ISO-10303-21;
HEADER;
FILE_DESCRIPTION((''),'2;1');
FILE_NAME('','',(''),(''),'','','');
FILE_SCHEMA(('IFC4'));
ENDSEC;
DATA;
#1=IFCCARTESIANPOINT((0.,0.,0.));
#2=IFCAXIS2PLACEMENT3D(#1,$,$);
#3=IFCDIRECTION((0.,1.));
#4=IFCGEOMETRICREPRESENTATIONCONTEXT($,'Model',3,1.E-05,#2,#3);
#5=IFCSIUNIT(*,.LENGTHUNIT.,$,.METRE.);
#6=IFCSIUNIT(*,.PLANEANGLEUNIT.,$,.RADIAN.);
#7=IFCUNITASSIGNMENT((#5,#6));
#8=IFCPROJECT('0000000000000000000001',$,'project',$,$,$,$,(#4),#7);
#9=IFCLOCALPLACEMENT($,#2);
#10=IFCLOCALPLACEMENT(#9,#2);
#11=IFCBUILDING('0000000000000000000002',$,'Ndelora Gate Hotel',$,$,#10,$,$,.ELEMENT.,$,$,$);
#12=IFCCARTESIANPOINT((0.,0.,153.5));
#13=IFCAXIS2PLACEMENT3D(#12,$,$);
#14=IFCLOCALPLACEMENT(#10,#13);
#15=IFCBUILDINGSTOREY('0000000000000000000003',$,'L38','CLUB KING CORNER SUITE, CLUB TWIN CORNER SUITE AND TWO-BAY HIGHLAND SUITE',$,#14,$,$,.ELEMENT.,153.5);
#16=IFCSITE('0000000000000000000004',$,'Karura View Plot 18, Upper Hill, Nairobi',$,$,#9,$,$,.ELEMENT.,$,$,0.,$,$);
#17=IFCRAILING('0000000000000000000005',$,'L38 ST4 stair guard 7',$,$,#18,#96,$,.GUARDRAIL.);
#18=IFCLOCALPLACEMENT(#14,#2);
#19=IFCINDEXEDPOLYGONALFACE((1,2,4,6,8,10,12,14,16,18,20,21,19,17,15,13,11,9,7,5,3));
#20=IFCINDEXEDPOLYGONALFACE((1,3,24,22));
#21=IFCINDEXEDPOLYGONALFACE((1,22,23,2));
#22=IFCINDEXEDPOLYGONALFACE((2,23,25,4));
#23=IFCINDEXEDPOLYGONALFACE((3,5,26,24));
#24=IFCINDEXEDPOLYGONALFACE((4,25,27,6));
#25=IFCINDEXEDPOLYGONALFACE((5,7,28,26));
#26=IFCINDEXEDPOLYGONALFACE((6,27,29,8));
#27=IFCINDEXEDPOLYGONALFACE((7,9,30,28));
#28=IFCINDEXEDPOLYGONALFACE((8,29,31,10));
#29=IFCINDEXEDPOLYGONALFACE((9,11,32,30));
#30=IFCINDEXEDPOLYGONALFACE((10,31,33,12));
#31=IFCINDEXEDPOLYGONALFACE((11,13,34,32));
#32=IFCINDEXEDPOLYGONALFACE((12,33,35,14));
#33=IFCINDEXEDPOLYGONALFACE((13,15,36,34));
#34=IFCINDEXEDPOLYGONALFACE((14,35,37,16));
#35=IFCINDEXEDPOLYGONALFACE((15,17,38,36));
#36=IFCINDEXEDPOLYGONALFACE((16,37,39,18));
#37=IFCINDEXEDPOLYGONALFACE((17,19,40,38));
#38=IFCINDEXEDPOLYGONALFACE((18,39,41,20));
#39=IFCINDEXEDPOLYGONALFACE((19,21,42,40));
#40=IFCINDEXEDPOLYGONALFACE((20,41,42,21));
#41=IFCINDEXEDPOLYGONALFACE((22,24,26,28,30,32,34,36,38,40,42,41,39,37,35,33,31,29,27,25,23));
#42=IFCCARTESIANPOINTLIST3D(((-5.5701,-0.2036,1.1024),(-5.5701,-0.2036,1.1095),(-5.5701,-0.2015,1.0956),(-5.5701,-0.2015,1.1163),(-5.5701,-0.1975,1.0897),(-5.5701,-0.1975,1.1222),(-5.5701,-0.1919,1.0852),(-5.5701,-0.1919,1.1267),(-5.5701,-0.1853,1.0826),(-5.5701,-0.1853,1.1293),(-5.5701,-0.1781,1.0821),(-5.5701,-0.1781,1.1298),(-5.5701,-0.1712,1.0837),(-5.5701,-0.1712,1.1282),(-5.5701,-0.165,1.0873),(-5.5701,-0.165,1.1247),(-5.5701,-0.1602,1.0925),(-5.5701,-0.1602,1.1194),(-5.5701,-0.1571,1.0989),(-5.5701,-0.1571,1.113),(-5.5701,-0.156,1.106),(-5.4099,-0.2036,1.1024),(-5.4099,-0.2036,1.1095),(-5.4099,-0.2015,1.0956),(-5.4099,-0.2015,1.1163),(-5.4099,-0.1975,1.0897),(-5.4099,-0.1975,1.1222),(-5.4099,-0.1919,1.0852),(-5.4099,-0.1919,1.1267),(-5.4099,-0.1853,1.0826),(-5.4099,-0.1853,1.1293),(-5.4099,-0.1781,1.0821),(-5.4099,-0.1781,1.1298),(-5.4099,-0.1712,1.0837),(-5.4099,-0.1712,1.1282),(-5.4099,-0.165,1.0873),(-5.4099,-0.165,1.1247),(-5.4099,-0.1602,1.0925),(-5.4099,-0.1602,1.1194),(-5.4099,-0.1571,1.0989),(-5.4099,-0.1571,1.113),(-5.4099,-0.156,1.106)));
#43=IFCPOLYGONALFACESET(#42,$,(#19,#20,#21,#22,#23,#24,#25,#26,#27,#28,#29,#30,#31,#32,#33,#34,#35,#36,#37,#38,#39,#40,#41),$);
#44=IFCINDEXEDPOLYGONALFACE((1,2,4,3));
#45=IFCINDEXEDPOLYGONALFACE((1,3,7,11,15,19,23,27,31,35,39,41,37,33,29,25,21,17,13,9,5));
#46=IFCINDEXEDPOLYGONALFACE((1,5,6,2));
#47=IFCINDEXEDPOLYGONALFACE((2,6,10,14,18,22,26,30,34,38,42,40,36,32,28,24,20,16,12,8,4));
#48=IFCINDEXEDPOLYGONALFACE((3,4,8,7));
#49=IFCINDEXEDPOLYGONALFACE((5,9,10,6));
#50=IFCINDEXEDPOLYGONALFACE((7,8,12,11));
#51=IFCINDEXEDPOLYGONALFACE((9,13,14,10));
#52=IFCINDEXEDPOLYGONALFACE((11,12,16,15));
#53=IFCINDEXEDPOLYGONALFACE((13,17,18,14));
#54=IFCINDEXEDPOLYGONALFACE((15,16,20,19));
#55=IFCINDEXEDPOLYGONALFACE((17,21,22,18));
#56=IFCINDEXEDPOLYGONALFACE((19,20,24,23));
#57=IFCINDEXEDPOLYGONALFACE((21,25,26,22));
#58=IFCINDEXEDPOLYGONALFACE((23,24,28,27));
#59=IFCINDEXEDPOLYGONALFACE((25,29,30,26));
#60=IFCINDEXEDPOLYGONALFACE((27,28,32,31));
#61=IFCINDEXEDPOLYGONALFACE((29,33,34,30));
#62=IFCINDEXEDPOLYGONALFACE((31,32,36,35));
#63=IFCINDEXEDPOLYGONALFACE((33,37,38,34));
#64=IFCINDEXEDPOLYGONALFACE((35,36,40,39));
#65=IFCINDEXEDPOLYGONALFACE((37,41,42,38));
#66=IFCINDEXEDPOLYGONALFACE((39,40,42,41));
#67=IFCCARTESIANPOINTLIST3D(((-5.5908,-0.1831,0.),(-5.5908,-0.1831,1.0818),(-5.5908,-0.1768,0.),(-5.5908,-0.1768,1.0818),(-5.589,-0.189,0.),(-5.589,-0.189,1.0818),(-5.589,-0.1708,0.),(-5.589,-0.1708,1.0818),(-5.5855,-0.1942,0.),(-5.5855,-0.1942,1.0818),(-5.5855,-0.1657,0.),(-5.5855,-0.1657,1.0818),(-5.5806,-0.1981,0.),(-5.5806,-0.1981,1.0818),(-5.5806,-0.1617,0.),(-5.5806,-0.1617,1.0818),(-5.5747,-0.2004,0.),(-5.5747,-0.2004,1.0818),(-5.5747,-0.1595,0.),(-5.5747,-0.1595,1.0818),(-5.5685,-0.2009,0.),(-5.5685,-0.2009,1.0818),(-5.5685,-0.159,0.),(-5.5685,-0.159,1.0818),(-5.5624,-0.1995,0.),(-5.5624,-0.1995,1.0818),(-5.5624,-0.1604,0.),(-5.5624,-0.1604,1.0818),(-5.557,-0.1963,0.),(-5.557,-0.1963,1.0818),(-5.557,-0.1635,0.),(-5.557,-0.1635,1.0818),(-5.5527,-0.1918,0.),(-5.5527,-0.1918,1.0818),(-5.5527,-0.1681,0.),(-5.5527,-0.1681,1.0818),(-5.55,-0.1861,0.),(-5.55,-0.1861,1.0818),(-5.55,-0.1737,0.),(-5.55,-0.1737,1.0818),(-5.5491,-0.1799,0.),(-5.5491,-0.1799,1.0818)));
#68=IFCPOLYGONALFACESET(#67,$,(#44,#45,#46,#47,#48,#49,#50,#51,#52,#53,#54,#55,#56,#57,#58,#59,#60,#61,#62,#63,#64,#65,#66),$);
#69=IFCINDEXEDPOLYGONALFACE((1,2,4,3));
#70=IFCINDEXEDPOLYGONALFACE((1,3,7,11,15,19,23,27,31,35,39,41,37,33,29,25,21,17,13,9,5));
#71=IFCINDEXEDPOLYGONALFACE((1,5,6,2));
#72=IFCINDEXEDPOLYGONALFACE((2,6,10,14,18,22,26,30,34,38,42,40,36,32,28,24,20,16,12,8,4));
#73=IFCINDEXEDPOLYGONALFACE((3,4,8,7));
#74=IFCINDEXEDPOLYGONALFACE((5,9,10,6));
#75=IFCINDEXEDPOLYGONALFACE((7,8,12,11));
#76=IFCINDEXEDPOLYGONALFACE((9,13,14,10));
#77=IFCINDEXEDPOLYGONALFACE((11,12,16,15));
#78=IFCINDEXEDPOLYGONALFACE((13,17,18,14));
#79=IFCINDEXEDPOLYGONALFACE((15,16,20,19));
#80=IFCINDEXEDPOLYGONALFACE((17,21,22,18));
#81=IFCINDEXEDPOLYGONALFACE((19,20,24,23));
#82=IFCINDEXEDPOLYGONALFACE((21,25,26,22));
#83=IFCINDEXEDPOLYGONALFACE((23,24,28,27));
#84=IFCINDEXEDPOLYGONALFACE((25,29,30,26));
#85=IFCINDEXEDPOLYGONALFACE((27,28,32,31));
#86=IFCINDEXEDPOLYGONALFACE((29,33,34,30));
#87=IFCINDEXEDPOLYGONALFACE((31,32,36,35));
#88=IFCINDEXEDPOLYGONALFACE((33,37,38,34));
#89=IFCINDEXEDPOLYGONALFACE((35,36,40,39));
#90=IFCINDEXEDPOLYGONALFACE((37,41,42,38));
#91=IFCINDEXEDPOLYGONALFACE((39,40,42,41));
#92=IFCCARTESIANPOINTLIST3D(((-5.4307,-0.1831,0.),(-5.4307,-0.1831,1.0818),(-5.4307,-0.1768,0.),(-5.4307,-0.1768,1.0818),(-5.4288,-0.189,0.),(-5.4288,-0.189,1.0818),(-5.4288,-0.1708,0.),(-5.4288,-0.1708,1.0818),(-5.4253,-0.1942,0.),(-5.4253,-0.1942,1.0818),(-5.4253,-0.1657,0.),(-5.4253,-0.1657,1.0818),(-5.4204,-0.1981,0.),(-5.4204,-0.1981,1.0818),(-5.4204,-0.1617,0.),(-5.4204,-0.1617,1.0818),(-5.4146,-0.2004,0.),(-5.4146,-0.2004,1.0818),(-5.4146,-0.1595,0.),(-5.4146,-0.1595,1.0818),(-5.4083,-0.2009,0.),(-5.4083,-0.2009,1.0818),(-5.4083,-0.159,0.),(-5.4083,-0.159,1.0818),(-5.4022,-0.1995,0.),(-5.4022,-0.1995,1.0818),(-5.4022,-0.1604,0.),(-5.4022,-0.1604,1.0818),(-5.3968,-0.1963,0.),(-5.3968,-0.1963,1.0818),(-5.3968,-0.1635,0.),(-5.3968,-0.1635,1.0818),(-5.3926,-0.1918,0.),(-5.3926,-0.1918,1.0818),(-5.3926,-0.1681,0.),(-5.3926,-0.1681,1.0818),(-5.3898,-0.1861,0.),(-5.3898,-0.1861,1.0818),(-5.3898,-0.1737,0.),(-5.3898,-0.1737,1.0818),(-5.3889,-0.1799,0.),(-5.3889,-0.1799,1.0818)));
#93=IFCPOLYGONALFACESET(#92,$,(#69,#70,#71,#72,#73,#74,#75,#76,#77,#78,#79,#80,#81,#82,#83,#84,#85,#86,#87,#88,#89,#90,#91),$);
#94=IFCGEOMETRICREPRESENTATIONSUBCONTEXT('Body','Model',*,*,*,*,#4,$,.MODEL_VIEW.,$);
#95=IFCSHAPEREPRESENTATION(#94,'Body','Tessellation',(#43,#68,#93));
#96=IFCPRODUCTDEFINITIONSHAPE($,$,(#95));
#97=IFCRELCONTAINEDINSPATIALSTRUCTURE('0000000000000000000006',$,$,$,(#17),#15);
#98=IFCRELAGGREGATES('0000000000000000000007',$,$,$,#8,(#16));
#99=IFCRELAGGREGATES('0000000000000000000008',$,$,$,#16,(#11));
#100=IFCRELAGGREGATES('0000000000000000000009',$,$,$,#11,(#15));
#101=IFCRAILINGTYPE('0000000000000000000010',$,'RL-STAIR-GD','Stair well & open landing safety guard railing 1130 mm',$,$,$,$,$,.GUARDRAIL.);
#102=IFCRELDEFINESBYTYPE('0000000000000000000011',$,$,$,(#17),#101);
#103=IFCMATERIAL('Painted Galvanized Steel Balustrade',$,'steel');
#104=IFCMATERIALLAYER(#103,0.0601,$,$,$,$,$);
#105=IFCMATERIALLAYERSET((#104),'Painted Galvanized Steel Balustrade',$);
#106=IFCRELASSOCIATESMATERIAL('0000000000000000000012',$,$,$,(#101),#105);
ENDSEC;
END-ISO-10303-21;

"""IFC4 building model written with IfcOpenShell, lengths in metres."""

from ifc_helpers import new_model, si_unit, direction, frame, origin, origin_2d, place, context, subcontext, project, spatial, circle, extrude, material, layer, layer_set, type_object, element, save


model = new_model("IFC4")

# Units and contexts
model_context = context("Model", 3, precision=1e-05, world=origin(), true_north=direction((0.0, 1.0)))
body_context = subcontext(model_context, "Body", "Model", "MODEL_VIEW")
ifc_project = project(units=[si_unit("LENGTHUNIT", "METRE"), si_unit("PLANEANGLEUNIT", "RADIAN")], contexts=[model_context])

# Site, building, storey
site_placement = place(None, origin())
site = spatial("IfcSite", under=ifc_project, at=site_placement, Name="Karura View Plot 18, Upper Hill, Nairobi", CompositionType="ELEMENT", RefElevation=0.0)
building_placement = place(site_placement, origin())
building = spatial("IfcBuilding", under=site, at=building_placement, Name="Ndelora Gate Hotel", CompositionType="ELEMENT")
storey_placement = place(building_placement, frame((0.0, 0.0, 153.5)))
storey = spatial("IfcBuildingStorey", under=building, at=storey_placement, Name="L38", Description="CLUB KING CORNER SUITE, CLUB TWIN CORNER SUITE AND TWO-BAY HIGHLAND SUITE", CompositionType="ELEMENT", Elevation=153.5)

# Railing
ifc_material_1 = material(Name="Painted Galvanized Steel Balustrade", Category="steel")
ifc_layer_1 = layer(ifc_material_1, 0.0601)
ifc_layer_set_1 = layer_set([ifc_layer_1], Name="Painted Galvanized Steel Balustrade")
railing_type_1 = type_object("IfcRailingType", Name="RL-STAIR-GD", Description="Stair well & open landing safety guard railing 1130 mm", PredefinedType="GUARDRAIL", material=ifc_layer_set_1)
railing_1_placement = place(storey_placement, frame((-5.5701, -0.1799, 0.0)))
element("IfcRailing", 1, at=railing_1_placement, inside=storey, type_object=railing_type_1, Name="L38 ST4 stair guard 7", PredefinedType="GUARDRAIL", context=body_context, shape_type="SweptSolid", body=[
    extrude(circle(Radius=0.0239, at=origin_2d()), frame((0.0, 0.0, 1.106), z_axis=(1.0, 0.0, 0.0), x_axis=(0.0, 1.0, 0.0)), (0.0, 0.0, 1.0), 0.1602),
    extrude(circle(Radius=0.021, at=origin_2d()), origin(), (0.0, 0.0, 1.0), 1.0818),
    extrude(circle(Radius=0.021, at=origin_2d()), frame((0.1602, 0.0, 0.0)), (0.0, 0.0, 1.0), 1.0818),
])

save(model, "model.ifc")
